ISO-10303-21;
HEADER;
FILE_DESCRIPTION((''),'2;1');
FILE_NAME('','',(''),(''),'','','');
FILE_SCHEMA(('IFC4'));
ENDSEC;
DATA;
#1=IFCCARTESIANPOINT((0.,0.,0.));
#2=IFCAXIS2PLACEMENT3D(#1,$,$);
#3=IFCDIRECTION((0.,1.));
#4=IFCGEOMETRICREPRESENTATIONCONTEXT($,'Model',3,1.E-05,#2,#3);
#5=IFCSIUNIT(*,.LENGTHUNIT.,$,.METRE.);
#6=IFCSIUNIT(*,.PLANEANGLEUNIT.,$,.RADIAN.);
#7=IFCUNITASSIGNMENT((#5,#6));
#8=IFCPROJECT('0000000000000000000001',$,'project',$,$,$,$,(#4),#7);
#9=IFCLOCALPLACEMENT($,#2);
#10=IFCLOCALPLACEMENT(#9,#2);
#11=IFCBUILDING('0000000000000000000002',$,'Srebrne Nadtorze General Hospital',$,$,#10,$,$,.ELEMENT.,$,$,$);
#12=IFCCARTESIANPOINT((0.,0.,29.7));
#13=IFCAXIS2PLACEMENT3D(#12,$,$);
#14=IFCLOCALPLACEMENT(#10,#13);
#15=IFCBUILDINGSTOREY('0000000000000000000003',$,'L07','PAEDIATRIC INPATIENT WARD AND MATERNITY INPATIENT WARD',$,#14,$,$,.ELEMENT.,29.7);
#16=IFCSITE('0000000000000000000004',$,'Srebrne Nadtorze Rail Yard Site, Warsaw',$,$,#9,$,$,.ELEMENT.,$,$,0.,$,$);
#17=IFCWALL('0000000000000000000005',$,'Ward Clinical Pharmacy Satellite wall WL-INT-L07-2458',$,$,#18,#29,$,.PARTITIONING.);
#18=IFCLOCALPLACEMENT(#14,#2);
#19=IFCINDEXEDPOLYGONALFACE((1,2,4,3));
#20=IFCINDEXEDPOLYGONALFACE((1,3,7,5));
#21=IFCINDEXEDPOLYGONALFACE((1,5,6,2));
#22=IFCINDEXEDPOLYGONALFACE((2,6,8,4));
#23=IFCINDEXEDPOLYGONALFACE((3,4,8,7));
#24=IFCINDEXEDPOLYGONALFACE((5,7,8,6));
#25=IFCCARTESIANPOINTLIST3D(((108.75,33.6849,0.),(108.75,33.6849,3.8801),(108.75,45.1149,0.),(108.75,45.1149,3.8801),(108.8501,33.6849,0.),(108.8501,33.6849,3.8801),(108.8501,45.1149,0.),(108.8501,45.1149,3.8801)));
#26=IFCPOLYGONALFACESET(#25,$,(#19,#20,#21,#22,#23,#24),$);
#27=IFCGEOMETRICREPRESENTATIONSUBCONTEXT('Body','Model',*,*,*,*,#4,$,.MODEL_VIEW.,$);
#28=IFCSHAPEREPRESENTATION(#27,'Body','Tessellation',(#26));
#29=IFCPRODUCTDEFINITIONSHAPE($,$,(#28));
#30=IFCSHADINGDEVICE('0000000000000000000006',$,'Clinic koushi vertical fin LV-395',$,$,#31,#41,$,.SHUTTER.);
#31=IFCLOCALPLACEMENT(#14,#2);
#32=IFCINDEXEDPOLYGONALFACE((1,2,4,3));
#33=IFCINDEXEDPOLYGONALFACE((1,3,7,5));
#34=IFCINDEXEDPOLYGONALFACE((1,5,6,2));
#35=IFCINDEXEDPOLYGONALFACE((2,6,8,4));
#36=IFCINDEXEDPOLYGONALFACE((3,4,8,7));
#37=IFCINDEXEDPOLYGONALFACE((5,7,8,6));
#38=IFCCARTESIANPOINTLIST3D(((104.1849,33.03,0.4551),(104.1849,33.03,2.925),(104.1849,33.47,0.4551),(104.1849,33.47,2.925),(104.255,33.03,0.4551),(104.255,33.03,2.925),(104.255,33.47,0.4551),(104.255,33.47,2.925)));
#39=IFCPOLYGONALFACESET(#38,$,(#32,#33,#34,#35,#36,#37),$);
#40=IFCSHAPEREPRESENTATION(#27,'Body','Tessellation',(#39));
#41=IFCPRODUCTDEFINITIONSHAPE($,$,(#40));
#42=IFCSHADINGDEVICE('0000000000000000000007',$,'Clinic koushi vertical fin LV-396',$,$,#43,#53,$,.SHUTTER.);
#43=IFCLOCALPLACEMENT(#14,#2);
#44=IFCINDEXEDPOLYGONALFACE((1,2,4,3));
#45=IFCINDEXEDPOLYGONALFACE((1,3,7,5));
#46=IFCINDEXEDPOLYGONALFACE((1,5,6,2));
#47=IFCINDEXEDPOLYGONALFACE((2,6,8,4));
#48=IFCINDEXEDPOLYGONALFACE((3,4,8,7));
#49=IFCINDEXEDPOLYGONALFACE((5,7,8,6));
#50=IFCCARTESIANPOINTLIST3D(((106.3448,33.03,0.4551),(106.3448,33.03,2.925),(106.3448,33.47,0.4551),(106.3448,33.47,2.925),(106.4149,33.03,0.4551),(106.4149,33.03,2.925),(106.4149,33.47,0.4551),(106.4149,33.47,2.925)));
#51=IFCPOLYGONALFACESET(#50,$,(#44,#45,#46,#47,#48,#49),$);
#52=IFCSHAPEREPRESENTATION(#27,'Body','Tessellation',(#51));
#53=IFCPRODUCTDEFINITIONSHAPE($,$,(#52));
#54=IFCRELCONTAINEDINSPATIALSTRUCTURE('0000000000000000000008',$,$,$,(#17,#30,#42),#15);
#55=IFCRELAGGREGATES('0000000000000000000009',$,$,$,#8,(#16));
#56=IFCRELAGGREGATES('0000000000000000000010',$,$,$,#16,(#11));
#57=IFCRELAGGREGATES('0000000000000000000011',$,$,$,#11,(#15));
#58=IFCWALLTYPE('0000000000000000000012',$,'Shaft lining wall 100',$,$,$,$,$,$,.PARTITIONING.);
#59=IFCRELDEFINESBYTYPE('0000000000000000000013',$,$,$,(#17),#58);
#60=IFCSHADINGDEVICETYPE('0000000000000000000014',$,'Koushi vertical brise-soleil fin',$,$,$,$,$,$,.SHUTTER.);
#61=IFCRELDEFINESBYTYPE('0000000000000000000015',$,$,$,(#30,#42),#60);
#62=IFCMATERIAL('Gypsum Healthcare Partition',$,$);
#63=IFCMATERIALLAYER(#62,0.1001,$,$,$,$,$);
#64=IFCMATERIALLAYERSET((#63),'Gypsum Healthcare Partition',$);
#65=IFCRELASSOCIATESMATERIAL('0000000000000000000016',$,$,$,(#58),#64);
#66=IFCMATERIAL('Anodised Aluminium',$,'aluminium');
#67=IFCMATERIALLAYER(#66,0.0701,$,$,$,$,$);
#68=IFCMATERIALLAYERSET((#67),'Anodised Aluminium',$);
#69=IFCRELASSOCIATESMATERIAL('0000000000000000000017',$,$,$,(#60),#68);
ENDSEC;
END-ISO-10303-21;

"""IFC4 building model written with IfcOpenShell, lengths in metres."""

from ifc_helpers import new_model, si_unit, direction, frame, frame_2d, origin, origin_2d, place, context, subcontext, project, spatial, rectangle, extrude, material, layer, layer_set, type_object, element, save


model = new_model("IFC4")

# Units and contexts
model_context = context("Model", 3, precision=1e-05, world=origin(), true_north=direction((0.0, 1.0)))
body_context = subcontext(model_context, "Body", "Model", "MODEL_VIEW")
ifc_project = project(units=[si_unit("LENGTHUNIT", "METRE"), si_unit("PLANEANGLEUNIT", "RADIAN")], contexts=[model_context])

# Site, building, storey
site_placement = place(None, origin())
site = spatial("IfcSite", under=ifc_project, at=site_placement, Name="Srebrne Nadtorze Rail Yard Site, Warsaw", CompositionType="ELEMENT", RefElevation=0.0)
building_placement = place(site_placement, origin())
building = spatial("IfcBuilding", under=site, at=building_placement, Name="Srebrne Nadtorze General Hospital", CompositionType="ELEMENT")
storey_placement = place(building_placement, frame((0.0, 0.0, 29.7)))
storey = spatial("IfcBuildingStorey", under=building, at=storey_placement, Name="L07", Description="PAEDIATRIC INPATIENT WARD AND MATERNITY INPATIENT WARD", CompositionType="ELEMENT", Elevation=29.7)

# Wall
ifc_material_1 = material(Name="Gypsum Healthcare Partition")
ifc_layer_1 = layer(ifc_material_1, 0.1001)
ifc_layer_set_1 = layer_set([ifc_layer_1], Name="Gypsum Healthcare Partition")
wall_type_1 = type_object("IfcWallType", Name="Shaft lining wall 100", PredefinedType="PARTITIONING", material=ifc_layer_set_1)
wall_1_placement = place(storey_placement, frame((108.8, 33.6851, 0.0), z_axis=(0.0, 0.0, 1.0), x_axis=(0.0, 1.0, 0.0)))
element("IfcWall", 1, at=wall_1_placement, inside=storey, type_object=wall_type_1, Name="Ward Clinical Pharmacy Satellite wall WL-INT-L07-2458", PredefinedType="PARTITIONING", context=body_context, shape_type="SweptSolid", body=[
    extrude(rectangle(XDim=11.4299, YDim=0.1001, at=frame_2d((5.7148, 0.0))), origin(), (0.0, 0.0, 1.0), 3.8801),
])

# Shading devices
ifc_material_2 = material(Name="Anodised Aluminium", Category="aluminium")
ifc_layer_2 = layer(ifc_material_2, 0.0701)
ifc_layer_set_2 = layer_set([ifc_layer_2], Name="Anodised Aluminium")
shading_device_type = type_object("IfcShadingDeviceType", Name="Koushi vertical brise-soleil fin", PredefinedType="SHUTTER", material=ifc_layer_set_2)
for number, where, z_axis, x_axis, name in (
    (2, (104.22, 33.25, 0.4551), (0.0, 0.0, 1.0), (1.0, 0.0, 0.0), "Clinic koushi vertical fin LV-395"),
    (3, (106.3799, 33.25, 0.4551), (0.0, 0.0, 1.0), (1.0, 0.0, 0.0), "Clinic koushi vertical fin LV-396"),
):
    element("IfcShadingDevice", number, at=place(storey_placement, frame(where, z_axis=z_axis, x_axis=x_axis)), inside=storey, type_object=shading_device_type, Name=name, PredefinedType="SHUTTER", context=body_context, shape_type="SweptSolid", body=[
        extrude(rectangle(XDim=0.0701, YDim=0.4399, at=origin_2d()), origin(), (0.0, 0.0, 1.0), 2.47),
    ])

save(model, "model.ifc")
